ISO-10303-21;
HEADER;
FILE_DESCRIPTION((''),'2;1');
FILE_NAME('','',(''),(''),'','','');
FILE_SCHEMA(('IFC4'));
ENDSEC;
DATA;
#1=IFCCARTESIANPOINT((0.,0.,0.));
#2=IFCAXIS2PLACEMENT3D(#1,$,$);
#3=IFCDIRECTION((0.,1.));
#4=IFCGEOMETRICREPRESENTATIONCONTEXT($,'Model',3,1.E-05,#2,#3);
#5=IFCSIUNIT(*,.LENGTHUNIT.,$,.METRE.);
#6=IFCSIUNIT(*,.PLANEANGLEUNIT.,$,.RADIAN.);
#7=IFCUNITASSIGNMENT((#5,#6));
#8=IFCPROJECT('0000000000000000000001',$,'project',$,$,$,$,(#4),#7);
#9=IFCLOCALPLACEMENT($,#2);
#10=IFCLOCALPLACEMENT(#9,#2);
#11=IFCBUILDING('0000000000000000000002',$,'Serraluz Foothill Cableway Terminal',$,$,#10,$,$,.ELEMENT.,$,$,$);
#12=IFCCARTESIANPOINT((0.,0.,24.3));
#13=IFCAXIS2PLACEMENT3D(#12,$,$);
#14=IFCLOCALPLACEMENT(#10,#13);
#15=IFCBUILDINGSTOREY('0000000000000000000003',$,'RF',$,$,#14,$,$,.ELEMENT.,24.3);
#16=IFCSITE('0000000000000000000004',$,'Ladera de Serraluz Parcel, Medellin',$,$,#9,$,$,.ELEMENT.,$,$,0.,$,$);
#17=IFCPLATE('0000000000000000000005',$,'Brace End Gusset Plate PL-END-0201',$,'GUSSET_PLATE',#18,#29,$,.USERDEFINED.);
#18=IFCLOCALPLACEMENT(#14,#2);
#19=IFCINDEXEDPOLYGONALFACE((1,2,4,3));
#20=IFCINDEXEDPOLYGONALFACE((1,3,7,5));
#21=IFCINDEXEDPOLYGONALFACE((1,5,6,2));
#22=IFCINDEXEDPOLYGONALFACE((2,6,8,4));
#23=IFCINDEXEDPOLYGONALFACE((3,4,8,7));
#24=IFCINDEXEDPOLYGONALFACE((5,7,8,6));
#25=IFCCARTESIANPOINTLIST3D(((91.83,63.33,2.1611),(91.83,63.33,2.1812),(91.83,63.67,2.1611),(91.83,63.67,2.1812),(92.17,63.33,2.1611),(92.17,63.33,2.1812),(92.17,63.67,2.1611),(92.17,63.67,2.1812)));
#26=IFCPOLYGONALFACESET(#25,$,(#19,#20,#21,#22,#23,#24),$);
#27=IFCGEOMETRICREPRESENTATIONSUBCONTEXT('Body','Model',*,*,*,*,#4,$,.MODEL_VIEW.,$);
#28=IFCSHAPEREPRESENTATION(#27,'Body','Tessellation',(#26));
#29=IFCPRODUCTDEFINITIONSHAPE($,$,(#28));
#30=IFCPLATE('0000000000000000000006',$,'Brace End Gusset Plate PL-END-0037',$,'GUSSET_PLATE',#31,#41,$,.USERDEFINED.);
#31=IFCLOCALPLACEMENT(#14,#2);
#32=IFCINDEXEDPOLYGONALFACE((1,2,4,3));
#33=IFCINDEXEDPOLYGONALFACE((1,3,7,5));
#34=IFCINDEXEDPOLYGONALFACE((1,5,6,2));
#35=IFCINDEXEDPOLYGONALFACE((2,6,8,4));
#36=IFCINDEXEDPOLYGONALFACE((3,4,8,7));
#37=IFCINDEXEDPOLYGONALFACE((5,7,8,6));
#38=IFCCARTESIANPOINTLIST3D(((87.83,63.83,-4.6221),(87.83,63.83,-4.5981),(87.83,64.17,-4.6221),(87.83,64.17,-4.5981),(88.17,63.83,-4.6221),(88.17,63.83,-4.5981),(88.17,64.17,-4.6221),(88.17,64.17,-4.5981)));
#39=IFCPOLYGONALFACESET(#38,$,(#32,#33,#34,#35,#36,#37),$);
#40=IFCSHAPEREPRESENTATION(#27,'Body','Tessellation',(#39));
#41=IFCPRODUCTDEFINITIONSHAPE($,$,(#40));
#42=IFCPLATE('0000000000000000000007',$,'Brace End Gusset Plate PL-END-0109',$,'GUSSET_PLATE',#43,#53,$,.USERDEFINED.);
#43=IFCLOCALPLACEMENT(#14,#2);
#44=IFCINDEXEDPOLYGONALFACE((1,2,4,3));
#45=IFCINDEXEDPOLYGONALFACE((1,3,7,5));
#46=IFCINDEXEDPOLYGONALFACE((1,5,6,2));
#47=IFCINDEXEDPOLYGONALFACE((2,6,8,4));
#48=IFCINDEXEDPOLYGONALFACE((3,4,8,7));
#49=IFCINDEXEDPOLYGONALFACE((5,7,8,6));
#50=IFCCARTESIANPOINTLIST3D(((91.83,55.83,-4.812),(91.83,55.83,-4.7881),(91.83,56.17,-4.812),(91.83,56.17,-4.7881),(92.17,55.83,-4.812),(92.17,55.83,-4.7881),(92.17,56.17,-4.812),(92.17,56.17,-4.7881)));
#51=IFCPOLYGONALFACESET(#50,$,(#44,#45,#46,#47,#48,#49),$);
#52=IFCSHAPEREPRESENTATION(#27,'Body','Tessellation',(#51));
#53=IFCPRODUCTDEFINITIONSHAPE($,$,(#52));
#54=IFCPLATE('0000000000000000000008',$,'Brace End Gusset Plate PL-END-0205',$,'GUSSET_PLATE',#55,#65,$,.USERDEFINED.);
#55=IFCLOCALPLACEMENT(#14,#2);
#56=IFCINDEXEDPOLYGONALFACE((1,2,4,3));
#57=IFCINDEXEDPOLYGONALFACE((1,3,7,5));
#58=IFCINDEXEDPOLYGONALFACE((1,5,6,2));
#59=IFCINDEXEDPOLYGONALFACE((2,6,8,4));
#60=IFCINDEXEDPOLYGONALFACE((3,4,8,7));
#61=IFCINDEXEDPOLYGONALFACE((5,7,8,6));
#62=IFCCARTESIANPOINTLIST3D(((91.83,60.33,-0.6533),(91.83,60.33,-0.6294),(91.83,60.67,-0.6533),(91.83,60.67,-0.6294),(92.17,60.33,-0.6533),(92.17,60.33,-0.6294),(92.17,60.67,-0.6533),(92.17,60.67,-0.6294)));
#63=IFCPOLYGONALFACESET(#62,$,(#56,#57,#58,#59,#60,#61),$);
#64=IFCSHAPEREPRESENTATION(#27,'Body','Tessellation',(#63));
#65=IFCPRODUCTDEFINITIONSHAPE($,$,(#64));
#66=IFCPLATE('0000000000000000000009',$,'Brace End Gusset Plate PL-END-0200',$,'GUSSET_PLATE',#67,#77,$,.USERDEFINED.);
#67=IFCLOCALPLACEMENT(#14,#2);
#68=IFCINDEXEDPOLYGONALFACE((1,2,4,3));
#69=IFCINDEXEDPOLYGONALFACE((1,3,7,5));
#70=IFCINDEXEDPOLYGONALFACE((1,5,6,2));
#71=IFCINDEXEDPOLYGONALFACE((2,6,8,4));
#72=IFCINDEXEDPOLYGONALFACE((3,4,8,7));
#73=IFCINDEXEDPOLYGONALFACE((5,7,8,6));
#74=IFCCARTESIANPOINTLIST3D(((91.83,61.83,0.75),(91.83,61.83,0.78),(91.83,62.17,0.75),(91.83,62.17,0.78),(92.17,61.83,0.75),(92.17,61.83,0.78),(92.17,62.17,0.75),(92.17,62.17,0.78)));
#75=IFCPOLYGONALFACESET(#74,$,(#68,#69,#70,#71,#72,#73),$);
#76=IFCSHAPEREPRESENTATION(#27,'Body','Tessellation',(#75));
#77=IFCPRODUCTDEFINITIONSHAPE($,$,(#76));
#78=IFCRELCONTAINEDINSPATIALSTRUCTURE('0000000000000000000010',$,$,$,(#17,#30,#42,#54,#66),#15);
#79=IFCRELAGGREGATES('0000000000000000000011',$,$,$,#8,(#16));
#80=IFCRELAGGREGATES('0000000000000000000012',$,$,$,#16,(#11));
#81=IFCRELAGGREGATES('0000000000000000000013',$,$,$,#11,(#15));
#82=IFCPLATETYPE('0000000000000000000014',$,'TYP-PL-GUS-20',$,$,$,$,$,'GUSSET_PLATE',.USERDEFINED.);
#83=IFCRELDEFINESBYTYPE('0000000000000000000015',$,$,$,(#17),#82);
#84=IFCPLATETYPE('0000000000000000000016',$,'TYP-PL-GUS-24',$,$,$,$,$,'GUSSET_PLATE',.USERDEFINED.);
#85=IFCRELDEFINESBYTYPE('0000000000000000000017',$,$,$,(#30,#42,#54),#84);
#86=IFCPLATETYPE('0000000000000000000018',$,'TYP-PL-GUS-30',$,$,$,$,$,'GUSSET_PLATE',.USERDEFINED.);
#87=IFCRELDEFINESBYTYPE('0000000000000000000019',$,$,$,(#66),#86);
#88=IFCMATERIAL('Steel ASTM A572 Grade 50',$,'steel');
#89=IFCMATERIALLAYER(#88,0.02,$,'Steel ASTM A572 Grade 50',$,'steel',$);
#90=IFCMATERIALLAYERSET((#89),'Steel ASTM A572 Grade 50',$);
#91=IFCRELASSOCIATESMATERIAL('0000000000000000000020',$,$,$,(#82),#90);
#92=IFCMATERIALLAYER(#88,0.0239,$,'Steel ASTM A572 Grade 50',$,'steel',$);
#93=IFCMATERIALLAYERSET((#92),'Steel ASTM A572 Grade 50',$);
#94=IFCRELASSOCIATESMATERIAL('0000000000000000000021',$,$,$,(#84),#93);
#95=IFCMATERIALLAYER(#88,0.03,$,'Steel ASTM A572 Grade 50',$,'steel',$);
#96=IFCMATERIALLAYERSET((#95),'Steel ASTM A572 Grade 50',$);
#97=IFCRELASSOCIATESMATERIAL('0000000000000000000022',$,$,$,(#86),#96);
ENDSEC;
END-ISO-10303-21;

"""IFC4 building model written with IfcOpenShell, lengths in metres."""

from ifc_helpers import new_model, si_unit, direction, frame, origin, origin_2d, place, context, subcontext, project, spatial, rectangle, extrude, material, layer, layer_set, type_object, element, save


model = new_model("IFC4")

# Units and contexts
model_context = context("Model", 3, precision=1e-05, world=origin(), true_north=direction((0.0, 1.0)))
body_context = subcontext(model_context, "Body", "Model", "MODEL_VIEW")
ifc_project = project(units=[si_unit("LENGTHUNIT", "METRE"), si_unit("PLANEANGLEUNIT", "RADIAN")], contexts=[model_context])

# Site, building, storey
site_placement = place(None, origin())
site = spatial("IfcSite", under=ifc_project, at=site_placement, Name="Ladera de Serraluz Parcel, Medellin", CompositionType="ELEMENT", RefElevation=0.0)
building_placement = place(site_placement, origin())
building = spatial("IfcBuilding", under=site, at=building_placement, Name="Serraluz Foothill Cableway Terminal", CompositionType="ELEMENT")
storey_placement = place(building_placement, frame((0.0, 0.0, 24.3)))
storey = spatial("IfcBuildingStorey", under=building, at=storey_placement, Name="RF", CompositionType="ELEMENT", Elevation=24.3)

# Shared definitions
ifc_material_1 = material(Name="Steel ASTM A572 Grade 50", Category="steel")

# Plates
ifc_layer_1 = layer(ifc_material_1, 0.02, Name="Steel ASTM A572 Grade 50", Category="steel")
ifc_layer_set_1 = layer_set([ifc_layer_1], Name="Steel ASTM A572 Grade 50")
plate_type_1 = type_object("IfcPlateType", Name="TYP-PL-GUS-20", ElementType="GUSSET_PLATE", PredefinedType="USERDEFINED", material=ifc_layer_set_1)
plate_1_placement = place(storey_placement, frame((92.0, 63.5, 2.1611), z_axis=(0.0, 0.0, 1.0), x_axis=(1.0, 0.0, 0.0)))
element("IfcPlate", 1, at=plate_1_placement, inside=storey, type_object=plate_type_1, Name="Brace End Gusset Plate PL-END-0201", ObjectType="GUSSET_PLATE", PredefinedType="USERDEFINED", context=body_context, shape_type="SweptSolid", body=[
    extrude(rectangle(XDim=0.3401, YDim=0.3401, at=origin_2d()), origin(), (0.0, 0.0, 1.0), 0.02),
])
ifc_layer_2 = layer(ifc_material_1, 0.0239, Name="Steel ASTM A572 Grade 50", Category="steel")
ifc_layer_set_2 = layer_set([ifc_layer_2], Name="Steel ASTM A572 Grade 50")
plate_type_2 = type_object("IfcPlateType", Name="TYP-PL-GUS-24", ElementType="GUSSET_PLATE", PredefinedType="USERDEFINED", material=ifc_layer_set_2)
for number, where, z_axis, x_axis, name in (
    (2, (88.0, 64.0, -4.6221), (0.0, 0.0, 1.0), (1.0, 0.0, 0.0), "Brace End Gusset Plate PL-END-0037"),
    (3, (92.0, 56.0, -4.812), (0.0, 0.0, 1.0), (1.0, 0.0, 0.0), "Brace End Gusset Plate PL-END-0109"),
    (4, (92.0, 60.5, -0.6533), (0.0, 0.0, 1.0), (1.0, 0.0, 0.0), "Brace End Gusset Plate PL-END-0205"),
):
    element("IfcPlate", number, at=place(storey_placement, frame(where, z_axis=z_axis, x_axis=x_axis)), inside=storey, type_object=plate_type_2, Name=name, ObjectType="GUSSET_PLATE", PredefinedType="USERDEFINED", context=body_context, shape_type="SweptSolid", body=[
        extrude(rectangle(XDim=0.3401, YDim=0.3401, at=origin_2d()), origin(), (0.0, 0.0, 1.0), 0.0239),
    ])
ifc_layer_3 = layer(ifc_material_1, 0.03, Name="Steel ASTM A572 Grade 50", Category="steel")
ifc_layer_set_3 = layer_set([ifc_layer_3], Name="Steel ASTM A572 Grade 50")
plate_type_3 = type_object("IfcPlateType", Name="TYP-PL-GUS-30", ElementType="GUSSET_PLATE", PredefinedType="USERDEFINED", material=ifc_layer_set_3)
plate_2_placement = place(storey_placement, frame((92.0, 62.0, 0.75), z_axis=(0.0, 0.0, 1.0), x_axis=(1.0, 0.0, 0.0)))
element("IfcPlate", 5, at=plate_2_placement, inside=storey, type_object=plate_type_3, Name="Brace End Gusset Plate PL-END-0200", ObjectType="GUSSET_PLATE", PredefinedType="USERDEFINED", context=body_context, shape_type="SweptSolid", body=[
    extrude(rectangle(XDim=0.3401, YDim=0.3401, at=origin_2d()), origin(), (0.0, 0.0, 1.0), 0.03),
])

save(model, "model.ifc")
